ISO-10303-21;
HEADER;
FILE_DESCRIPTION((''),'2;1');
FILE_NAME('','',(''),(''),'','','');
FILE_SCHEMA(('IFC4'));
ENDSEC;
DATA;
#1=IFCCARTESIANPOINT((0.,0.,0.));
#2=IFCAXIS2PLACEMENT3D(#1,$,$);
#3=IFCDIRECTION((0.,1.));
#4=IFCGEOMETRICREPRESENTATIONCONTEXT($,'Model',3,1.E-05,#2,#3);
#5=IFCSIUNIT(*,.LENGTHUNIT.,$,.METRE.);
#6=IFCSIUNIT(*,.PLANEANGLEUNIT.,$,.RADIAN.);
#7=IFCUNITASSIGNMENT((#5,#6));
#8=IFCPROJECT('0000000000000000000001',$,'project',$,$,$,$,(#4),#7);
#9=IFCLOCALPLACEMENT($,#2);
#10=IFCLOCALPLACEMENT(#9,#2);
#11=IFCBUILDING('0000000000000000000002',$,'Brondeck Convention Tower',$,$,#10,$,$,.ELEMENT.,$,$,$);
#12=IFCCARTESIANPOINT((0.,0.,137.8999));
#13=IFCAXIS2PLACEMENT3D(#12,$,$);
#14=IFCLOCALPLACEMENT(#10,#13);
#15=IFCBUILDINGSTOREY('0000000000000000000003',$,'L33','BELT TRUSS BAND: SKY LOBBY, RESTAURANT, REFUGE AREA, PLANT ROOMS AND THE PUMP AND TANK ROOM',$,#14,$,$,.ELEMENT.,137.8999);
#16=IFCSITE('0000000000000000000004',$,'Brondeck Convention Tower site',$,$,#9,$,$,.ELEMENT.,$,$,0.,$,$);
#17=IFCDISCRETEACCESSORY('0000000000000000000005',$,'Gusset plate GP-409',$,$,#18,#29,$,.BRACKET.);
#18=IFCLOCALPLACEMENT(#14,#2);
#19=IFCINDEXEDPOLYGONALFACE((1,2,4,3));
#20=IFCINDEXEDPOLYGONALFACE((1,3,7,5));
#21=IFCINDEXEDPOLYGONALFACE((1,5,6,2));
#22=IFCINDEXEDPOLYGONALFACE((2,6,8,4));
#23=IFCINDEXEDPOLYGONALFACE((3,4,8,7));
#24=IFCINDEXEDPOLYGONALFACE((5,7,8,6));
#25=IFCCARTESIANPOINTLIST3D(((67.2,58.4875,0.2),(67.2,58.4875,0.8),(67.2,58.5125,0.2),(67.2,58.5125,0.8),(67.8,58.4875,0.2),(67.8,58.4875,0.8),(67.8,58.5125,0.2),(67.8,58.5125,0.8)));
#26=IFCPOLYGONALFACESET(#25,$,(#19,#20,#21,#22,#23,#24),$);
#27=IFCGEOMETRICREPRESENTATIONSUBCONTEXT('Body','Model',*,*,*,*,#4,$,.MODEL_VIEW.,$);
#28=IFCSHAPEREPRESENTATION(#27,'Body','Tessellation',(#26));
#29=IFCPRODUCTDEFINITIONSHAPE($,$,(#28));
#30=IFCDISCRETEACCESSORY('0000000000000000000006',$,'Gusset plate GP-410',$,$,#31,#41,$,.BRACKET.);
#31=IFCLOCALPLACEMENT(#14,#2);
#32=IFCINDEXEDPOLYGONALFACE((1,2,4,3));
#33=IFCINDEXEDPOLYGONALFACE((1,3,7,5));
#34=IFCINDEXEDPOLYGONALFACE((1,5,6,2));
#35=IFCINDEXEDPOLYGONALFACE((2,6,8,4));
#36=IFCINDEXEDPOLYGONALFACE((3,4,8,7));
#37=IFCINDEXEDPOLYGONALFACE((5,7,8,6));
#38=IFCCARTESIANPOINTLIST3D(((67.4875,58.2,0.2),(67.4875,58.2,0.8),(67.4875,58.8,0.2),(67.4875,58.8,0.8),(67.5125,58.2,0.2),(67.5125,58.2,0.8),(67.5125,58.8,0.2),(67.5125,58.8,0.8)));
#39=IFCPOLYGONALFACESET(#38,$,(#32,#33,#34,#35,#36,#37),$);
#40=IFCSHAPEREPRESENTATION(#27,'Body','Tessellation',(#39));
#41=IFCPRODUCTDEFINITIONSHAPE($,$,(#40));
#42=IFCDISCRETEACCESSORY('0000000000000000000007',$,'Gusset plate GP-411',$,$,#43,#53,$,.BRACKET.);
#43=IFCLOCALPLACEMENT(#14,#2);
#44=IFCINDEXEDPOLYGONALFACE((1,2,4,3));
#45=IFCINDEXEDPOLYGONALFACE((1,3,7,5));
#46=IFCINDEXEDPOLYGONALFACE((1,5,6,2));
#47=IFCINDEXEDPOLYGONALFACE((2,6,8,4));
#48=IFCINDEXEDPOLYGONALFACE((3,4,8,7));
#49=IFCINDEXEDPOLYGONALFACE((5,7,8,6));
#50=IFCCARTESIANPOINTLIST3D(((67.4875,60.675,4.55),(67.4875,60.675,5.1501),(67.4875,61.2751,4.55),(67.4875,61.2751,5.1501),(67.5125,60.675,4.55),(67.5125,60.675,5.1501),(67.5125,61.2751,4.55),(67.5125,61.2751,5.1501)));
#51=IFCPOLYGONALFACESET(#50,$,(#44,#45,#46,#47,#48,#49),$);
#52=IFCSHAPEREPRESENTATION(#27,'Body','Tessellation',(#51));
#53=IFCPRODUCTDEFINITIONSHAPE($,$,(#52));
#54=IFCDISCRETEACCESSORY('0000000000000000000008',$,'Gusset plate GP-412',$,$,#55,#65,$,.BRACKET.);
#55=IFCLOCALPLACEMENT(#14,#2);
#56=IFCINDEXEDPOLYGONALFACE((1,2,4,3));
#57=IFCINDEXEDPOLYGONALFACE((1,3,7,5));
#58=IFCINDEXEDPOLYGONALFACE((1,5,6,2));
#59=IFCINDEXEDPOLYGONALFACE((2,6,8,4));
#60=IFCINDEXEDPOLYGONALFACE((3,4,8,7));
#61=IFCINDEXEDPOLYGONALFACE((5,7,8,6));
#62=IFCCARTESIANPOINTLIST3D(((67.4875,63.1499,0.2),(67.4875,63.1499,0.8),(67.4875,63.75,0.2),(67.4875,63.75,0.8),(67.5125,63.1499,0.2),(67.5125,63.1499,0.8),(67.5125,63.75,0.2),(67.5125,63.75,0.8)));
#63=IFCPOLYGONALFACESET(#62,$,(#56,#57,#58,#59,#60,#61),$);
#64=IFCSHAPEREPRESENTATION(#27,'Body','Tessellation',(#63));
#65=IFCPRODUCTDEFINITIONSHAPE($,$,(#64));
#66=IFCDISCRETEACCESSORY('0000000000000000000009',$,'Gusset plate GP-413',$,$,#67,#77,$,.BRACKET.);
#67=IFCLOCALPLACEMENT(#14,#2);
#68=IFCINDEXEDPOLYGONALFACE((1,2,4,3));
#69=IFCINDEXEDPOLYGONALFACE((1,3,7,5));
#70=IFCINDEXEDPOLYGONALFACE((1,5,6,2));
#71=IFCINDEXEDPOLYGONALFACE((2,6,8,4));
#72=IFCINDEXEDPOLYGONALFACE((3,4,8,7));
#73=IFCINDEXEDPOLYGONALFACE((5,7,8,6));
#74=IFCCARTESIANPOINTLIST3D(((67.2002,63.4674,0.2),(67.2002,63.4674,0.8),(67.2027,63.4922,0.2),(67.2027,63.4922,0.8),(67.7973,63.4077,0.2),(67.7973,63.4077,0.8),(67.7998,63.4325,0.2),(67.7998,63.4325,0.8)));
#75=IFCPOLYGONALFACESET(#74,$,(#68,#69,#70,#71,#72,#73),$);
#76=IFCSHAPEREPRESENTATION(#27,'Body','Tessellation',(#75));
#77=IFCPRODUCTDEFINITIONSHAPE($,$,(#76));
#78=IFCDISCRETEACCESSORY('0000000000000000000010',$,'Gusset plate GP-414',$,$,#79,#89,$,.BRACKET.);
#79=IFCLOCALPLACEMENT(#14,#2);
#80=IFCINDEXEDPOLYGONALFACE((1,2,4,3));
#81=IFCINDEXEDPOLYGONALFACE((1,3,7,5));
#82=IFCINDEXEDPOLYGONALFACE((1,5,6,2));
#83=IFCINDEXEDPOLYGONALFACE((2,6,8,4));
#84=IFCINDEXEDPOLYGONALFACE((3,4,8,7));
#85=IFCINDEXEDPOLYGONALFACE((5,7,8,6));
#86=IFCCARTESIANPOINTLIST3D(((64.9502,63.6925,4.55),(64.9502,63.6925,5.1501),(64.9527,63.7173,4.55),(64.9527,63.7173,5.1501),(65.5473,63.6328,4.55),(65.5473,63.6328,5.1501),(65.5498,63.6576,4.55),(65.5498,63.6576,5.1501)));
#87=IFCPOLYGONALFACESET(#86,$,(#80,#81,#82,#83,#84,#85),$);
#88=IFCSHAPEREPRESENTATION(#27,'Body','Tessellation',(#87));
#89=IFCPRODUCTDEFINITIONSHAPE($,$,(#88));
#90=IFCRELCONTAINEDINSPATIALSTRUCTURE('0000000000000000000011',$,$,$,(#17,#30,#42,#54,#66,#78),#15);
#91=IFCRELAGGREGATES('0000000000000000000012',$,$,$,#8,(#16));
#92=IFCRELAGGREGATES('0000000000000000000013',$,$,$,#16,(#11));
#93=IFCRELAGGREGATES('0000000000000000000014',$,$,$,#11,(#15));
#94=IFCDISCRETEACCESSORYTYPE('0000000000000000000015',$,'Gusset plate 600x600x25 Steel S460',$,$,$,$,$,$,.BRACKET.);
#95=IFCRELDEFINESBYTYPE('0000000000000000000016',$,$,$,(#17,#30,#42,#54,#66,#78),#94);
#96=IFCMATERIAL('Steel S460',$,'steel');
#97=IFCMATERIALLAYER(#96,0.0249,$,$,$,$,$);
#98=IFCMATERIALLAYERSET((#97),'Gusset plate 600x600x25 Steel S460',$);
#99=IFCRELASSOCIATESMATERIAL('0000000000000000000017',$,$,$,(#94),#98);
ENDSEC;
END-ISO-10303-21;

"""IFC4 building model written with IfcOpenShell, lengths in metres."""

from ifc_helpers import new_model, si_unit, direction, frame, origin, origin_2d, place, context, subcontext, project, spatial, rectangle, extrude, material, layer, layer_set, type_object, element, save


model = new_model("IFC4")

# Units and contexts
model_context = context("Model", 3, precision=1e-05, world=origin(), true_north=direction((0.0, 1.0)))
body_context = subcontext(model_context, "Body", "Model", "MODEL_VIEW")
ifc_project = project(units=[si_unit("LENGTHUNIT", "METRE"), si_unit("PLANEANGLEUNIT", "RADIAN")], contexts=[model_context])

# Site, building, storey
site_placement = place(None, origin())
site = spatial("IfcSite", under=ifc_project, at=site_placement, Name="Brondeck Convention Tower site", CompositionType="ELEMENT", RefElevation=0.0)
building_placement = place(site_placement, origin())
building = spatial("IfcBuilding", under=site, at=building_placement, Name="Brondeck Convention Tower", CompositionType="ELEMENT")
storey_placement = place(building_placement, frame((0.0, 0.0, 137.8999)))
storey = spatial("IfcBuildingStorey", under=building, at=storey_placement, Name="L33", Description="BELT TRUSS BAND: SKY LOBBY, RESTAURANT, REFUGE AREA, PLANT ROOMS AND THE PUMP AND TANK ROOM", CompositionType="ELEMENT", Elevation=137.8999)

# Shared definitions
ifc_material_1 = material(Name="Steel S460", Category="steel")

# Discrete accessories
ifc_layer_1 = layer(ifc_material_1, 0.0249)
ifc_layer_set_1 = layer_set([ifc_layer_1], Name="Gusset plate 600x600x25 Steel S460")
discrete_accessory_type = type_object("IfcDiscreteAccessoryType", Name="Gusset plate 600x600x25 Steel S460", PredefinedType="BRACKET", material=ifc_layer_set_1)
for number, where, z_axis, x_axis, name in (
    (1, (67.5, 58.5, 0.2), (0.0, 0.0, 1.0), (1.0, 0.0, 0.0), "Gusset plate GP-409"),
    (2, (67.5, 58.5, 0.2), (0.0, 0.0, 1.0), (0.0, 1.0, 0.0), "Gusset plate GP-410"),
    (3, (67.5, 60.9751, 4.55), (0.0, 0.0, 1.0), (0.0, 1.0, 0.0), "Gusset plate GP-411"),
    (4, (67.5, 63.45, 0.2), (0.0, 0.0, 1.0), (0.0, 1.0, 0.0), "Gusset plate GP-412"),
    (5, (67.5, 63.45, 0.2), (0.0, 0.0, 1.0), (-0.995036, 0.099511, 0.0), "Gusset plate GP-413"),
    (6, (65.25, 63.675, 4.55), (0.0, 0.0, 1.0), (-0.995036, 0.099511, 0.0), "Gusset plate GP-414"),
):
    element("IfcDiscreteAccessory", number, at=place(storey_placement, frame(where, z_axis=z_axis, x_axis=x_axis)), inside=storey, type_object=discrete_accessory_type, Name=name, PredefinedType="BRACKET", context=body_context, shape_type="SweptSolid", body=[
        extrude(rectangle(XDim=0.6001, YDim=0.0249, at=origin_2d()), origin(), (0.0, 0.0, 1.0), 0.6001),
    ])

save(model, "model.ifc")
